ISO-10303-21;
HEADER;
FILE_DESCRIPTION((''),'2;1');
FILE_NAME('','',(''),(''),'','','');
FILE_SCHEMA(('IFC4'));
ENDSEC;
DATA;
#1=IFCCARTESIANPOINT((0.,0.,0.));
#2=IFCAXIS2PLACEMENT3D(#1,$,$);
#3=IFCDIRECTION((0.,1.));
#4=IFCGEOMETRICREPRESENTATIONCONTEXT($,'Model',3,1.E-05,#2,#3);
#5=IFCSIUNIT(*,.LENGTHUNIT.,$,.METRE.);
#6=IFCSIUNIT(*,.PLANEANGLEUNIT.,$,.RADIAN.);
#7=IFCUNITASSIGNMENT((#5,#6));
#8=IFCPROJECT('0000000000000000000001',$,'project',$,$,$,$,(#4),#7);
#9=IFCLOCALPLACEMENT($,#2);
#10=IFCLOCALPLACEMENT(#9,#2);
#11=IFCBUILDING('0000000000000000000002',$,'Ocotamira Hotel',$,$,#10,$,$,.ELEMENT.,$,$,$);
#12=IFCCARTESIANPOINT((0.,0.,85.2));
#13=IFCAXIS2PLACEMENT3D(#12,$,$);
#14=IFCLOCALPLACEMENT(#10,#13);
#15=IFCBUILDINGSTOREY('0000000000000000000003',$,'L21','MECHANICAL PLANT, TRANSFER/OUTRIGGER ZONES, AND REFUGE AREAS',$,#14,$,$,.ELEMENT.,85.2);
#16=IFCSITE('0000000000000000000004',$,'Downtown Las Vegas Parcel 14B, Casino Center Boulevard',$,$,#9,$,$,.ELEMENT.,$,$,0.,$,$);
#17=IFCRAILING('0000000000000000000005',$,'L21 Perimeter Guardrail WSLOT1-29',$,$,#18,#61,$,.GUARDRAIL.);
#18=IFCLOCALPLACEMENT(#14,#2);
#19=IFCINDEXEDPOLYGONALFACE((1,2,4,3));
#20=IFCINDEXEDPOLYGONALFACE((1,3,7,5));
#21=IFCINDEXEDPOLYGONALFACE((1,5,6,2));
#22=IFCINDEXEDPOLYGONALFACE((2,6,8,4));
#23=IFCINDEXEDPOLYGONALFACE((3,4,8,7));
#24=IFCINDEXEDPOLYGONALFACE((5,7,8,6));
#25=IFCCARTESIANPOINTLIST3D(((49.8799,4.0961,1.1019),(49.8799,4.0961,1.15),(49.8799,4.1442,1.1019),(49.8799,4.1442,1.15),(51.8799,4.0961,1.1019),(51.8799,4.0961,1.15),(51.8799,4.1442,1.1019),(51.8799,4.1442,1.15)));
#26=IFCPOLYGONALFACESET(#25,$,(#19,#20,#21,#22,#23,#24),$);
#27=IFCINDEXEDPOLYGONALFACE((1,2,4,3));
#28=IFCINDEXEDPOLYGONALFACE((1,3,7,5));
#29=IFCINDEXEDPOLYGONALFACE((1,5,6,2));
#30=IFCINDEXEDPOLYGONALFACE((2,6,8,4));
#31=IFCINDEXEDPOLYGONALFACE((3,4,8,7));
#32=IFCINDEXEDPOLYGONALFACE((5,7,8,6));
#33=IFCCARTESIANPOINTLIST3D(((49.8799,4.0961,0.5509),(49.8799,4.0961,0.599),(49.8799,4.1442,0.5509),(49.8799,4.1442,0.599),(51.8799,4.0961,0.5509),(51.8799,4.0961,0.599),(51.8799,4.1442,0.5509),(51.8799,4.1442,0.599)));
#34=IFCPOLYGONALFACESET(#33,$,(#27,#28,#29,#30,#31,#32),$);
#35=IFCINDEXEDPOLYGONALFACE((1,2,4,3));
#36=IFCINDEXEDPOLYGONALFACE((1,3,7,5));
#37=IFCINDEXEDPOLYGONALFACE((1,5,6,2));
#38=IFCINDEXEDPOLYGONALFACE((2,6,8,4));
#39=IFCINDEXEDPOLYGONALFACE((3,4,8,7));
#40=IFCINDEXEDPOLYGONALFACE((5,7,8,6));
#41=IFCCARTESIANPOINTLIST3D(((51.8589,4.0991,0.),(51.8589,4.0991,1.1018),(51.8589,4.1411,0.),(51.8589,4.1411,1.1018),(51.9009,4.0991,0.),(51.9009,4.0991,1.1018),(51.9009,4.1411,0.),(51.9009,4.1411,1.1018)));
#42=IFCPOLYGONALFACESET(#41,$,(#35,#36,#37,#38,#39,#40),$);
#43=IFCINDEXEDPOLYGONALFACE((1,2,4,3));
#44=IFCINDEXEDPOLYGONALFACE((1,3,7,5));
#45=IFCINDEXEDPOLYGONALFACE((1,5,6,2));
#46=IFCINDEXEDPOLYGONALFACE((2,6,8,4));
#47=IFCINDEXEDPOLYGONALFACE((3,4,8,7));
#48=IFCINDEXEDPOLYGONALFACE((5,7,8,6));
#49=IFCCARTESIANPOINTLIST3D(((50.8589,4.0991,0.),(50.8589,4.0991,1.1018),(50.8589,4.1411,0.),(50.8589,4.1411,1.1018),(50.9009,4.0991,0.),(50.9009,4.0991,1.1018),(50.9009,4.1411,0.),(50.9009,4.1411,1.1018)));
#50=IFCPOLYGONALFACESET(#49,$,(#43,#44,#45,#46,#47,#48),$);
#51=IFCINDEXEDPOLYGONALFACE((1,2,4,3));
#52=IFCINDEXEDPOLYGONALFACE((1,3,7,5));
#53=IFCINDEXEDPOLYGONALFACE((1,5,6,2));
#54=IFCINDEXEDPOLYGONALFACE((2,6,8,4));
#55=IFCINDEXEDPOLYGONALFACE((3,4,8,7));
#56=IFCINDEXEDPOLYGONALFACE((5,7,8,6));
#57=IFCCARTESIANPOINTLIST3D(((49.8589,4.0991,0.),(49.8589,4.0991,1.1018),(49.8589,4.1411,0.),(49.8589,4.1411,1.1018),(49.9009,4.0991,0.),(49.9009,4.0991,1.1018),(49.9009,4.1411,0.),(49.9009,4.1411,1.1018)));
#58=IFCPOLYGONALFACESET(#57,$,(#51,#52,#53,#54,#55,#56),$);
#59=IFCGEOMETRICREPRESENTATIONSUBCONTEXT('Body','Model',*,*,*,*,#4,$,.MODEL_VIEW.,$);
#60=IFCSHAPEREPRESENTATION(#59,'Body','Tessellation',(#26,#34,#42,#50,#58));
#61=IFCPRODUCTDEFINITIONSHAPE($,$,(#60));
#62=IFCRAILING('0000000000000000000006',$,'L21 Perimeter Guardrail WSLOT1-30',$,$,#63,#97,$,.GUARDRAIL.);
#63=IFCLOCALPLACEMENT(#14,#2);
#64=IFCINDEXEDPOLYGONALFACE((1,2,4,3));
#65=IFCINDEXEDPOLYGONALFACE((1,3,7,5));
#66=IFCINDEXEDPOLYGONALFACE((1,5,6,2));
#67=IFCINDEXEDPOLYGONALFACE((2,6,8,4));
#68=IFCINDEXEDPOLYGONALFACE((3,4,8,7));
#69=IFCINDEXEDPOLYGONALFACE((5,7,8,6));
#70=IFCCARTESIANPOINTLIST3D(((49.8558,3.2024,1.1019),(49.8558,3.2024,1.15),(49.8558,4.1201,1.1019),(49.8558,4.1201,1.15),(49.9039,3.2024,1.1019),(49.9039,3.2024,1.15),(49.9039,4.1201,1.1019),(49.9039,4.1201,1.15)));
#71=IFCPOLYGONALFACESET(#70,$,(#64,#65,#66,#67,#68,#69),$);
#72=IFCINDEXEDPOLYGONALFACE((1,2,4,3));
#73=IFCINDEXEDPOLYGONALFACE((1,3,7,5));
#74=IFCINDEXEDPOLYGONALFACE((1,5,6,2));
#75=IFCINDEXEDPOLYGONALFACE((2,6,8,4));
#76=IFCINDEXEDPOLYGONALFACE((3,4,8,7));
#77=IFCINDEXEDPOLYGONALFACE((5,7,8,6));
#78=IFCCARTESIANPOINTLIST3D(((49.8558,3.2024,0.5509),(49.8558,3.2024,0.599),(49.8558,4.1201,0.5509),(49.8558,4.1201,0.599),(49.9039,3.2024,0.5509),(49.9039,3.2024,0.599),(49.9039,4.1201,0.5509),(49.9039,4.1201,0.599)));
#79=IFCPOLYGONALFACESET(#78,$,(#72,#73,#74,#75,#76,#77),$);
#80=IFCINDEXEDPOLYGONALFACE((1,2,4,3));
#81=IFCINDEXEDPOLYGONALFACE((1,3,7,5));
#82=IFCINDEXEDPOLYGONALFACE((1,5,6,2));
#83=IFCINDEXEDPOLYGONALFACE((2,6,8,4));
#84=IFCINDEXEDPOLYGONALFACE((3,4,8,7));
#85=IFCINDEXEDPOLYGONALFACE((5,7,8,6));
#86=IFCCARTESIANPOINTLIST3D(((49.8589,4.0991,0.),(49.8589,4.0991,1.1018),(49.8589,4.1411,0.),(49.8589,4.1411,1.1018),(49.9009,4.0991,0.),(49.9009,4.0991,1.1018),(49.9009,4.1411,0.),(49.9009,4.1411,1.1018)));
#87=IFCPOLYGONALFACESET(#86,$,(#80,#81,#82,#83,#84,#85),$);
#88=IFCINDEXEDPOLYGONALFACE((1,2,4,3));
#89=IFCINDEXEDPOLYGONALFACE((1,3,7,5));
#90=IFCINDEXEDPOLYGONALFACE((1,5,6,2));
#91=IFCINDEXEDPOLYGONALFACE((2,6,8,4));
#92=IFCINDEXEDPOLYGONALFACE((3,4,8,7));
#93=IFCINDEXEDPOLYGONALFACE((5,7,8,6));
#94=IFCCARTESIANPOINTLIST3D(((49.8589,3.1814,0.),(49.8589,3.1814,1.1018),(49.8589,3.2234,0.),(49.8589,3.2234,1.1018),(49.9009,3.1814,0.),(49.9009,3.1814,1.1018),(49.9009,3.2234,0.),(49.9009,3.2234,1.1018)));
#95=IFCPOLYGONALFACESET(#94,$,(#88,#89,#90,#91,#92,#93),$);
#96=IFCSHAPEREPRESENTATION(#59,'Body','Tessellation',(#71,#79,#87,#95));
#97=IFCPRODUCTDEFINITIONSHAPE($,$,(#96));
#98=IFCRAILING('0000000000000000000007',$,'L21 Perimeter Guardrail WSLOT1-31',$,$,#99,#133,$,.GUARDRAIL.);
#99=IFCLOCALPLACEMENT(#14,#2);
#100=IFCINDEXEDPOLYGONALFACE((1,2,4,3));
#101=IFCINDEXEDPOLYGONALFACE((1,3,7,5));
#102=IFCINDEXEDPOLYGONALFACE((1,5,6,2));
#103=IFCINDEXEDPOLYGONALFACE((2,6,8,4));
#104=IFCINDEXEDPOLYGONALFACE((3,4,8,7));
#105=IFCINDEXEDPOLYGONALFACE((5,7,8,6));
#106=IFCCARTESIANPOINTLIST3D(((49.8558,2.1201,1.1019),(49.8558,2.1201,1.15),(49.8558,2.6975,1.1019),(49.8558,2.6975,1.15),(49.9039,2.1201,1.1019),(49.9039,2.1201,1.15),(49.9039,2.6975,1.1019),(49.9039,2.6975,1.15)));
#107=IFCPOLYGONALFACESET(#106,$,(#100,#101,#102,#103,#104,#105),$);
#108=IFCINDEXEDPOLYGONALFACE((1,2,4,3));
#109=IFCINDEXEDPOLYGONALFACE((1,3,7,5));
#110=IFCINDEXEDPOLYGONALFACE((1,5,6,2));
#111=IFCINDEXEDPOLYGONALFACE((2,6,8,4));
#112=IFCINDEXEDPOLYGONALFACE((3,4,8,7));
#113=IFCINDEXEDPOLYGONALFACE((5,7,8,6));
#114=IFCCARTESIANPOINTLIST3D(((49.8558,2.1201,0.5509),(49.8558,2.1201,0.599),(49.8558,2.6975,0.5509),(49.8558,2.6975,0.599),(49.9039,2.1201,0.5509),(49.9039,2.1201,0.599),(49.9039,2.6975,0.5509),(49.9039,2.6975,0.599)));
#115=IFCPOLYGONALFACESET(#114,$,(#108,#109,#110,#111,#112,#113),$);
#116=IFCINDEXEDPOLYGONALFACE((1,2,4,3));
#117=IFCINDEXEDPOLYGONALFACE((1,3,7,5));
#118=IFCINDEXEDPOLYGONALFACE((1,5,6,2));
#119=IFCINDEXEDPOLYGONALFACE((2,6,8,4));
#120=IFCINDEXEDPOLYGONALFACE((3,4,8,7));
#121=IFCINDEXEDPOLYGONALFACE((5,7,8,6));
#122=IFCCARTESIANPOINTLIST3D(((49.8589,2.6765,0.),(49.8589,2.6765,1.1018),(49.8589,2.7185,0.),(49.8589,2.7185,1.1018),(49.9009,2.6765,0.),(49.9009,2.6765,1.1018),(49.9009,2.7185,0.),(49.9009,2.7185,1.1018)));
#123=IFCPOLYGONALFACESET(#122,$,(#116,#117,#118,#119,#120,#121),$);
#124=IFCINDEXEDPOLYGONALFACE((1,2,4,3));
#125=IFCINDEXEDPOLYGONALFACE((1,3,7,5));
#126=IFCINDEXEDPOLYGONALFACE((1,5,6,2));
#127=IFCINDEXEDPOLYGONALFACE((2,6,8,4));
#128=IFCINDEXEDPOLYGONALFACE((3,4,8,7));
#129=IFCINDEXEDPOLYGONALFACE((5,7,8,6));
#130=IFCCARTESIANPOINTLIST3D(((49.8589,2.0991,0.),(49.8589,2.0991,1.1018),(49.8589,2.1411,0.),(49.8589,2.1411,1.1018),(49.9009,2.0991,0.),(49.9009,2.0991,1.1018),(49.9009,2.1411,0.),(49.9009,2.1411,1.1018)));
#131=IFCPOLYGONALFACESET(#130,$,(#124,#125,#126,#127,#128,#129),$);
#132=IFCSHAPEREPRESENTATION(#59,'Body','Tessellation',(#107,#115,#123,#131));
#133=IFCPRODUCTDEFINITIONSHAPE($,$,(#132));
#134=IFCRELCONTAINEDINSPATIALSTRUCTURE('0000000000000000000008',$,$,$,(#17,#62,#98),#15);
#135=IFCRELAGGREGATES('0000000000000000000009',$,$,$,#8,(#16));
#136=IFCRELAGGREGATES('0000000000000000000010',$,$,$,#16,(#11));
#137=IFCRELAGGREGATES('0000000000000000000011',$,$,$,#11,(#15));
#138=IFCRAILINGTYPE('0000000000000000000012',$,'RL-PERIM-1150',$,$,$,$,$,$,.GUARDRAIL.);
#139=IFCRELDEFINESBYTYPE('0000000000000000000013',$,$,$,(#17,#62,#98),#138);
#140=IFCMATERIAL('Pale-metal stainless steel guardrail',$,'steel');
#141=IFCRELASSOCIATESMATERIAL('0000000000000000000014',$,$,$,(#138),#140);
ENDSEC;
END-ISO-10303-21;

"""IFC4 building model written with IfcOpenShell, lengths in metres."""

from ifc_helpers import new_model, si_unit, direction, frame, origin, origin_2d, place, context, subcontext, project, spatial, rectangle, extrude, material, type_object, element, save


model = new_model("IFC4")

# Units and contexts
model_context = context("Model", 3, precision=1e-05, world=origin(), true_north=direction((0.0, 1.0)))
body_context = subcontext(model_context, "Body", "Model", "MODEL_VIEW")
ifc_project = project(units=[si_unit("LENGTHUNIT", "METRE"), si_unit("PLANEANGLEUNIT", "RADIAN")], contexts=[model_context])

# Site, building, storey
site_placement = place(None, origin())
site = spatial("IfcSite", under=ifc_project, at=site_placement, Name="Downtown Las Vegas Parcel 14B, Casino Center Boulevard", CompositionType="ELEMENT", RefElevation=0.0)
building_placement = place(site_placement, origin())
building = spatial("IfcBuilding", under=site, at=building_placement, Name="Ocotamira Hotel", CompositionType="ELEMENT")
storey_placement = place(building_placement, frame((0.0, 0.0, 85.2)))
storey = spatial("IfcBuildingStorey", under=building, at=storey_placement, Name="L21", Description="MECHANICAL PLANT, TRANSFER/OUTRIGGER ZONES, AND REFUGE AREAS", CompositionType="ELEMENT", Elevation=85.2)

# Railings
ifc_material_1 = material(Name="Pale-metal stainless steel guardrail", Category="steel")
railing_type = type_object("IfcRailingType", Name="RL-PERIM-1150", PredefinedType="GUARDRAIL", material=ifc_material_1)
railing_1_placement = place(storey_placement, frame((51.8799, 4.1201, 0.0)))
element("IfcRailing", 1, at=railing_1_placement, inside=storey, type_object=railing_type, Name="L21 Perimeter Guardrail WSLOT1-29", PredefinedType="GUARDRAIL", context=body_context, shape_type="SweptSolid", body=[
    extrude(rectangle(XDim=0.0481, YDim=0.0481, at=origin_2d()), frame((0.0, 0.0, 1.126), z_axis=(-1.0, 0.0, 0.0), x_axis=(0.0, -1.0, 0.0)), (0.0, 0.0, 1.0), 2.0),
    extrude(rectangle(XDim=0.0481, YDim=0.0481, at=origin_2d()), frame((0.0, 0.0, 0.575), z_axis=(-1.0, 0.0, 0.0), x_axis=(0.0, -1.0, 0.0)), (0.0, 0.0, 1.0), 2.0),
    extrude(rectangle(XDim=0.042, YDim=0.042, at=origin_2d()), origin(), (0.0, 0.0, 1.0), 1.1018),
    extrude(rectangle(XDim=0.042, YDim=0.042, at=origin_2d()), frame((-1.0, 0.0, 0.0)), (0.0, 0.0, 1.0), 1.1018),
    extrude(rectangle(XDim=0.042, YDim=0.042, at=origin_2d()), frame((-2.0, 0.0, 0.0)), (0.0, 0.0, 1.0), 1.1018),
])
railing_2_placement = place(storey_placement, frame((49.8799, 4.1201, 0.0)))
element("IfcRailing", 2, at=railing_2_placement, inside=storey, type_object=railing_type, Name="L21 Perimeter Guardrail WSLOT1-30", PredefinedType="GUARDRAIL", context=body_context, shape_type="SweptSolid", body=[
    extrude(rectangle(XDim=0.0481, YDim=0.0481, at=origin_2d()), frame((0.0, 0.0, 1.126), z_axis=(0.0, -1.0, 0.0), x_axis=(1.0, 0.0, 0.0)), (0.0, 0.0, 1.0), 0.9177),
    extrude(rectangle(XDim=0.0481, YDim=0.0481, at=origin_2d()), frame((0.0, 0.0, 0.575), z_axis=(0.0, -1.0, 0.0), x_axis=(1.0, 0.0, 0.0)), (0.0, 0.0, 1.0), 0.9177),
    extrude(rectangle(XDim=0.042, YDim=0.042, at=origin_2d()), origin(), (0.0, 0.0, 1.0), 1.1018),
    extrude(rectangle(XDim=0.042, YDim=0.042, at=origin_2d()), frame((0.0, -0.9177, 0.0)), (0.0, 0.0, 1.0), 1.1018),
])
railing_3_placement = place(storey_placement, frame((49.8799, 2.6975, 0.0)))
element("IfcRailing", 3, at=railing_3_placement, inside=storey, type_object=railing_type, Name="L21 Perimeter Guardrail WSLOT1-31", PredefinedType="GUARDRAIL", context=body_context, shape_type="SweptSolid", body=[
    extrude(rectangle(XDim=0.0481, YDim=0.0481, at=origin_2d()), frame((0.0, 0.0, 1.126), z_axis=(0.0, -1.0, 0.0), x_axis=(1.0, 0.0, 0.0)), (0.0, 0.0, 1.0), 0.5774),
    extrude(rectangle(XDim=0.0481, YDim=0.0481, at=origin_2d()), frame((0.0, 0.0, 0.575), z_axis=(0.0, -1.0, 0.0), x_axis=(1.0, 0.0, 0.0)), (0.0, 0.0, 1.0), 0.5774),
    extrude(rectangle(XDim=0.042, YDim=0.042, at=origin_2d()), origin(), (0.0, 0.0, 1.0), 1.1018),
    extrude(rectangle(XDim=0.042, YDim=0.042, at=origin_2d()), frame((0.0, -0.5774, 0.0)), (0.0, 0.0, 1.0), 1.1018),
])

save(model, "model.ifc")
